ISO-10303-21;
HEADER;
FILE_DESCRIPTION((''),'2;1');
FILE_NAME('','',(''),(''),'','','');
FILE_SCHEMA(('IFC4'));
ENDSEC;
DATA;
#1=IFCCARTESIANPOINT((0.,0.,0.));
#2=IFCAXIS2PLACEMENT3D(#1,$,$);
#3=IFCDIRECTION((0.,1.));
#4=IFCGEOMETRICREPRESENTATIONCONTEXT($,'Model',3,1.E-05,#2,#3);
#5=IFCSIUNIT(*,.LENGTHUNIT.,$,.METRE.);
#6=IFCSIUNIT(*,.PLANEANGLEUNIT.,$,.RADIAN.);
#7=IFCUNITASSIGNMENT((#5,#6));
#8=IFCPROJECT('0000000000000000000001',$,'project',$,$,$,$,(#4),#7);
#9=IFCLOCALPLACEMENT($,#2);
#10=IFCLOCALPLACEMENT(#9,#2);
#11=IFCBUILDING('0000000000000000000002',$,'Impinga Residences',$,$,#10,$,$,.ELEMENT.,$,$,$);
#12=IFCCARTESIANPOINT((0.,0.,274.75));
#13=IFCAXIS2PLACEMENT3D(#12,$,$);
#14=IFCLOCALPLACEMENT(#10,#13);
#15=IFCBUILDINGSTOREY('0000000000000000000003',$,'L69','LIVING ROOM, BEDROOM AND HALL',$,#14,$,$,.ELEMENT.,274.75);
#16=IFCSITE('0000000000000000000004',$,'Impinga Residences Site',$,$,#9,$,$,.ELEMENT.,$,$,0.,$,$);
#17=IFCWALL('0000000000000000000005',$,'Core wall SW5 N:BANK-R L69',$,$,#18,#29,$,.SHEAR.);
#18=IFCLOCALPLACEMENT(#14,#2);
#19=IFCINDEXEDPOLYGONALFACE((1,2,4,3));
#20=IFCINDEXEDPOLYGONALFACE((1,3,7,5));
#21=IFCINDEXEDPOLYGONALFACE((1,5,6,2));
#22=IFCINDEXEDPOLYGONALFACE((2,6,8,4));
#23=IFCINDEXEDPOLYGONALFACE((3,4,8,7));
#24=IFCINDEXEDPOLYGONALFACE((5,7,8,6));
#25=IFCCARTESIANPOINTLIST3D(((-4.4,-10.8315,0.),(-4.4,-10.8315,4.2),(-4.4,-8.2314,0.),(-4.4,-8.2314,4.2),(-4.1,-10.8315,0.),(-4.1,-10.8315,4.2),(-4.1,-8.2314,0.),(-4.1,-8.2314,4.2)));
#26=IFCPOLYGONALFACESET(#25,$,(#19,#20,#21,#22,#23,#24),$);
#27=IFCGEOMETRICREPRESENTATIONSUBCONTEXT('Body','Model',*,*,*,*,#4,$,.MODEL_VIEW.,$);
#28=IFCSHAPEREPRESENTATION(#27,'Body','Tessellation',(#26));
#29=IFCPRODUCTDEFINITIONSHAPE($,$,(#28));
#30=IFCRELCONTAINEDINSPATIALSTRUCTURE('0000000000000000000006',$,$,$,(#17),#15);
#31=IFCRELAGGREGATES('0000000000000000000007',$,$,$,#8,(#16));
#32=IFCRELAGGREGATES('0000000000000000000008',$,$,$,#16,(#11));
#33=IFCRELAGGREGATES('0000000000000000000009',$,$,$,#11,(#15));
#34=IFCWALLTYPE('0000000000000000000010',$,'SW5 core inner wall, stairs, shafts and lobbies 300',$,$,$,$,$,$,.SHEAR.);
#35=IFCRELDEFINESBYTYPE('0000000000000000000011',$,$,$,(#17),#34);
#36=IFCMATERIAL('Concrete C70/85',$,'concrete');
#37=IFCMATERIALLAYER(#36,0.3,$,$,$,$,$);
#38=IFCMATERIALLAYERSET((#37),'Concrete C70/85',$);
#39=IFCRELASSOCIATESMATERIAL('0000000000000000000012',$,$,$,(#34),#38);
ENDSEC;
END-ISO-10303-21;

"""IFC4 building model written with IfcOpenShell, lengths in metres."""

from ifc_helpers import new_model, si_unit, direction, frame, frame_2d, origin, place, context, subcontext, project, spatial, rectangle, extrude, material, layer, layer_set, type_object, element, save


model = new_model("IFC4")

# Units and contexts
model_context = context("Model", 3, precision=1e-05, world=origin(), true_north=direction((0.0, 1.0)))
body_context = subcontext(model_context, "Body", "Model", "MODEL_VIEW")
ifc_project = project(units=[si_unit("LENGTHUNIT", "METRE"), si_unit("PLANEANGLEUNIT", "RADIAN")], contexts=[model_context])

# Site, building, storey
site_placement = place(None, origin())
site = spatial("IfcSite", under=ifc_project, at=site_placement, Name="Impinga Residences Site", CompositionType="ELEMENT", RefElevation=0.0)
building_placement = place(site_placement, origin())
building = spatial("IfcBuilding", under=site, at=building_placement, Name="Impinga Residences", CompositionType="ELEMENT")
storey_placement = place(building_placement, frame((0.0, 0.0, 274.75)))
storey = spatial("IfcBuildingStorey", under=building, at=storey_placement, Name="L69", Description="LIVING ROOM, BEDROOM AND HALL", CompositionType="ELEMENT", Elevation=274.75)

# Shared definitions
ifc_material_1 = material(Name="Concrete C70/85", Category="concrete")
ifc_layer_1 = layer(ifc_material_1, 0.3)
ifc_layer_set_1 = layer_set([ifc_layer_1], Name="Concrete C70/85")
wall_type_1 = type_object("IfcWallType", Name="SW5 core inner wall, stairs, shafts and lobbies 300", PredefinedType="SHEAR", material=ifc_layer_set_1)

# Wall
wall_1_placement = place(storey_placement, frame((-4.25, -8.2314, 0.0), z_axis=(0.0, 0.0, 1.0), x_axis=(0.0, -1.0, 0.0)))
element("IfcWall", 1, at=wall_1_placement, inside=storey, type_object=wall_type_1, Name="Core wall SW5 N:BANK-R L69", PredefinedType="SHEAR", context=body_context, shape_type="SweptSolid", body=[
    extrude(rectangle(XDim=2.6001, YDim=0.3, at=frame_2d((1.3, 0.0))), origin(), (0.0, 0.0, 1.0), 4.2),
])

save(model, "model.ifc")
